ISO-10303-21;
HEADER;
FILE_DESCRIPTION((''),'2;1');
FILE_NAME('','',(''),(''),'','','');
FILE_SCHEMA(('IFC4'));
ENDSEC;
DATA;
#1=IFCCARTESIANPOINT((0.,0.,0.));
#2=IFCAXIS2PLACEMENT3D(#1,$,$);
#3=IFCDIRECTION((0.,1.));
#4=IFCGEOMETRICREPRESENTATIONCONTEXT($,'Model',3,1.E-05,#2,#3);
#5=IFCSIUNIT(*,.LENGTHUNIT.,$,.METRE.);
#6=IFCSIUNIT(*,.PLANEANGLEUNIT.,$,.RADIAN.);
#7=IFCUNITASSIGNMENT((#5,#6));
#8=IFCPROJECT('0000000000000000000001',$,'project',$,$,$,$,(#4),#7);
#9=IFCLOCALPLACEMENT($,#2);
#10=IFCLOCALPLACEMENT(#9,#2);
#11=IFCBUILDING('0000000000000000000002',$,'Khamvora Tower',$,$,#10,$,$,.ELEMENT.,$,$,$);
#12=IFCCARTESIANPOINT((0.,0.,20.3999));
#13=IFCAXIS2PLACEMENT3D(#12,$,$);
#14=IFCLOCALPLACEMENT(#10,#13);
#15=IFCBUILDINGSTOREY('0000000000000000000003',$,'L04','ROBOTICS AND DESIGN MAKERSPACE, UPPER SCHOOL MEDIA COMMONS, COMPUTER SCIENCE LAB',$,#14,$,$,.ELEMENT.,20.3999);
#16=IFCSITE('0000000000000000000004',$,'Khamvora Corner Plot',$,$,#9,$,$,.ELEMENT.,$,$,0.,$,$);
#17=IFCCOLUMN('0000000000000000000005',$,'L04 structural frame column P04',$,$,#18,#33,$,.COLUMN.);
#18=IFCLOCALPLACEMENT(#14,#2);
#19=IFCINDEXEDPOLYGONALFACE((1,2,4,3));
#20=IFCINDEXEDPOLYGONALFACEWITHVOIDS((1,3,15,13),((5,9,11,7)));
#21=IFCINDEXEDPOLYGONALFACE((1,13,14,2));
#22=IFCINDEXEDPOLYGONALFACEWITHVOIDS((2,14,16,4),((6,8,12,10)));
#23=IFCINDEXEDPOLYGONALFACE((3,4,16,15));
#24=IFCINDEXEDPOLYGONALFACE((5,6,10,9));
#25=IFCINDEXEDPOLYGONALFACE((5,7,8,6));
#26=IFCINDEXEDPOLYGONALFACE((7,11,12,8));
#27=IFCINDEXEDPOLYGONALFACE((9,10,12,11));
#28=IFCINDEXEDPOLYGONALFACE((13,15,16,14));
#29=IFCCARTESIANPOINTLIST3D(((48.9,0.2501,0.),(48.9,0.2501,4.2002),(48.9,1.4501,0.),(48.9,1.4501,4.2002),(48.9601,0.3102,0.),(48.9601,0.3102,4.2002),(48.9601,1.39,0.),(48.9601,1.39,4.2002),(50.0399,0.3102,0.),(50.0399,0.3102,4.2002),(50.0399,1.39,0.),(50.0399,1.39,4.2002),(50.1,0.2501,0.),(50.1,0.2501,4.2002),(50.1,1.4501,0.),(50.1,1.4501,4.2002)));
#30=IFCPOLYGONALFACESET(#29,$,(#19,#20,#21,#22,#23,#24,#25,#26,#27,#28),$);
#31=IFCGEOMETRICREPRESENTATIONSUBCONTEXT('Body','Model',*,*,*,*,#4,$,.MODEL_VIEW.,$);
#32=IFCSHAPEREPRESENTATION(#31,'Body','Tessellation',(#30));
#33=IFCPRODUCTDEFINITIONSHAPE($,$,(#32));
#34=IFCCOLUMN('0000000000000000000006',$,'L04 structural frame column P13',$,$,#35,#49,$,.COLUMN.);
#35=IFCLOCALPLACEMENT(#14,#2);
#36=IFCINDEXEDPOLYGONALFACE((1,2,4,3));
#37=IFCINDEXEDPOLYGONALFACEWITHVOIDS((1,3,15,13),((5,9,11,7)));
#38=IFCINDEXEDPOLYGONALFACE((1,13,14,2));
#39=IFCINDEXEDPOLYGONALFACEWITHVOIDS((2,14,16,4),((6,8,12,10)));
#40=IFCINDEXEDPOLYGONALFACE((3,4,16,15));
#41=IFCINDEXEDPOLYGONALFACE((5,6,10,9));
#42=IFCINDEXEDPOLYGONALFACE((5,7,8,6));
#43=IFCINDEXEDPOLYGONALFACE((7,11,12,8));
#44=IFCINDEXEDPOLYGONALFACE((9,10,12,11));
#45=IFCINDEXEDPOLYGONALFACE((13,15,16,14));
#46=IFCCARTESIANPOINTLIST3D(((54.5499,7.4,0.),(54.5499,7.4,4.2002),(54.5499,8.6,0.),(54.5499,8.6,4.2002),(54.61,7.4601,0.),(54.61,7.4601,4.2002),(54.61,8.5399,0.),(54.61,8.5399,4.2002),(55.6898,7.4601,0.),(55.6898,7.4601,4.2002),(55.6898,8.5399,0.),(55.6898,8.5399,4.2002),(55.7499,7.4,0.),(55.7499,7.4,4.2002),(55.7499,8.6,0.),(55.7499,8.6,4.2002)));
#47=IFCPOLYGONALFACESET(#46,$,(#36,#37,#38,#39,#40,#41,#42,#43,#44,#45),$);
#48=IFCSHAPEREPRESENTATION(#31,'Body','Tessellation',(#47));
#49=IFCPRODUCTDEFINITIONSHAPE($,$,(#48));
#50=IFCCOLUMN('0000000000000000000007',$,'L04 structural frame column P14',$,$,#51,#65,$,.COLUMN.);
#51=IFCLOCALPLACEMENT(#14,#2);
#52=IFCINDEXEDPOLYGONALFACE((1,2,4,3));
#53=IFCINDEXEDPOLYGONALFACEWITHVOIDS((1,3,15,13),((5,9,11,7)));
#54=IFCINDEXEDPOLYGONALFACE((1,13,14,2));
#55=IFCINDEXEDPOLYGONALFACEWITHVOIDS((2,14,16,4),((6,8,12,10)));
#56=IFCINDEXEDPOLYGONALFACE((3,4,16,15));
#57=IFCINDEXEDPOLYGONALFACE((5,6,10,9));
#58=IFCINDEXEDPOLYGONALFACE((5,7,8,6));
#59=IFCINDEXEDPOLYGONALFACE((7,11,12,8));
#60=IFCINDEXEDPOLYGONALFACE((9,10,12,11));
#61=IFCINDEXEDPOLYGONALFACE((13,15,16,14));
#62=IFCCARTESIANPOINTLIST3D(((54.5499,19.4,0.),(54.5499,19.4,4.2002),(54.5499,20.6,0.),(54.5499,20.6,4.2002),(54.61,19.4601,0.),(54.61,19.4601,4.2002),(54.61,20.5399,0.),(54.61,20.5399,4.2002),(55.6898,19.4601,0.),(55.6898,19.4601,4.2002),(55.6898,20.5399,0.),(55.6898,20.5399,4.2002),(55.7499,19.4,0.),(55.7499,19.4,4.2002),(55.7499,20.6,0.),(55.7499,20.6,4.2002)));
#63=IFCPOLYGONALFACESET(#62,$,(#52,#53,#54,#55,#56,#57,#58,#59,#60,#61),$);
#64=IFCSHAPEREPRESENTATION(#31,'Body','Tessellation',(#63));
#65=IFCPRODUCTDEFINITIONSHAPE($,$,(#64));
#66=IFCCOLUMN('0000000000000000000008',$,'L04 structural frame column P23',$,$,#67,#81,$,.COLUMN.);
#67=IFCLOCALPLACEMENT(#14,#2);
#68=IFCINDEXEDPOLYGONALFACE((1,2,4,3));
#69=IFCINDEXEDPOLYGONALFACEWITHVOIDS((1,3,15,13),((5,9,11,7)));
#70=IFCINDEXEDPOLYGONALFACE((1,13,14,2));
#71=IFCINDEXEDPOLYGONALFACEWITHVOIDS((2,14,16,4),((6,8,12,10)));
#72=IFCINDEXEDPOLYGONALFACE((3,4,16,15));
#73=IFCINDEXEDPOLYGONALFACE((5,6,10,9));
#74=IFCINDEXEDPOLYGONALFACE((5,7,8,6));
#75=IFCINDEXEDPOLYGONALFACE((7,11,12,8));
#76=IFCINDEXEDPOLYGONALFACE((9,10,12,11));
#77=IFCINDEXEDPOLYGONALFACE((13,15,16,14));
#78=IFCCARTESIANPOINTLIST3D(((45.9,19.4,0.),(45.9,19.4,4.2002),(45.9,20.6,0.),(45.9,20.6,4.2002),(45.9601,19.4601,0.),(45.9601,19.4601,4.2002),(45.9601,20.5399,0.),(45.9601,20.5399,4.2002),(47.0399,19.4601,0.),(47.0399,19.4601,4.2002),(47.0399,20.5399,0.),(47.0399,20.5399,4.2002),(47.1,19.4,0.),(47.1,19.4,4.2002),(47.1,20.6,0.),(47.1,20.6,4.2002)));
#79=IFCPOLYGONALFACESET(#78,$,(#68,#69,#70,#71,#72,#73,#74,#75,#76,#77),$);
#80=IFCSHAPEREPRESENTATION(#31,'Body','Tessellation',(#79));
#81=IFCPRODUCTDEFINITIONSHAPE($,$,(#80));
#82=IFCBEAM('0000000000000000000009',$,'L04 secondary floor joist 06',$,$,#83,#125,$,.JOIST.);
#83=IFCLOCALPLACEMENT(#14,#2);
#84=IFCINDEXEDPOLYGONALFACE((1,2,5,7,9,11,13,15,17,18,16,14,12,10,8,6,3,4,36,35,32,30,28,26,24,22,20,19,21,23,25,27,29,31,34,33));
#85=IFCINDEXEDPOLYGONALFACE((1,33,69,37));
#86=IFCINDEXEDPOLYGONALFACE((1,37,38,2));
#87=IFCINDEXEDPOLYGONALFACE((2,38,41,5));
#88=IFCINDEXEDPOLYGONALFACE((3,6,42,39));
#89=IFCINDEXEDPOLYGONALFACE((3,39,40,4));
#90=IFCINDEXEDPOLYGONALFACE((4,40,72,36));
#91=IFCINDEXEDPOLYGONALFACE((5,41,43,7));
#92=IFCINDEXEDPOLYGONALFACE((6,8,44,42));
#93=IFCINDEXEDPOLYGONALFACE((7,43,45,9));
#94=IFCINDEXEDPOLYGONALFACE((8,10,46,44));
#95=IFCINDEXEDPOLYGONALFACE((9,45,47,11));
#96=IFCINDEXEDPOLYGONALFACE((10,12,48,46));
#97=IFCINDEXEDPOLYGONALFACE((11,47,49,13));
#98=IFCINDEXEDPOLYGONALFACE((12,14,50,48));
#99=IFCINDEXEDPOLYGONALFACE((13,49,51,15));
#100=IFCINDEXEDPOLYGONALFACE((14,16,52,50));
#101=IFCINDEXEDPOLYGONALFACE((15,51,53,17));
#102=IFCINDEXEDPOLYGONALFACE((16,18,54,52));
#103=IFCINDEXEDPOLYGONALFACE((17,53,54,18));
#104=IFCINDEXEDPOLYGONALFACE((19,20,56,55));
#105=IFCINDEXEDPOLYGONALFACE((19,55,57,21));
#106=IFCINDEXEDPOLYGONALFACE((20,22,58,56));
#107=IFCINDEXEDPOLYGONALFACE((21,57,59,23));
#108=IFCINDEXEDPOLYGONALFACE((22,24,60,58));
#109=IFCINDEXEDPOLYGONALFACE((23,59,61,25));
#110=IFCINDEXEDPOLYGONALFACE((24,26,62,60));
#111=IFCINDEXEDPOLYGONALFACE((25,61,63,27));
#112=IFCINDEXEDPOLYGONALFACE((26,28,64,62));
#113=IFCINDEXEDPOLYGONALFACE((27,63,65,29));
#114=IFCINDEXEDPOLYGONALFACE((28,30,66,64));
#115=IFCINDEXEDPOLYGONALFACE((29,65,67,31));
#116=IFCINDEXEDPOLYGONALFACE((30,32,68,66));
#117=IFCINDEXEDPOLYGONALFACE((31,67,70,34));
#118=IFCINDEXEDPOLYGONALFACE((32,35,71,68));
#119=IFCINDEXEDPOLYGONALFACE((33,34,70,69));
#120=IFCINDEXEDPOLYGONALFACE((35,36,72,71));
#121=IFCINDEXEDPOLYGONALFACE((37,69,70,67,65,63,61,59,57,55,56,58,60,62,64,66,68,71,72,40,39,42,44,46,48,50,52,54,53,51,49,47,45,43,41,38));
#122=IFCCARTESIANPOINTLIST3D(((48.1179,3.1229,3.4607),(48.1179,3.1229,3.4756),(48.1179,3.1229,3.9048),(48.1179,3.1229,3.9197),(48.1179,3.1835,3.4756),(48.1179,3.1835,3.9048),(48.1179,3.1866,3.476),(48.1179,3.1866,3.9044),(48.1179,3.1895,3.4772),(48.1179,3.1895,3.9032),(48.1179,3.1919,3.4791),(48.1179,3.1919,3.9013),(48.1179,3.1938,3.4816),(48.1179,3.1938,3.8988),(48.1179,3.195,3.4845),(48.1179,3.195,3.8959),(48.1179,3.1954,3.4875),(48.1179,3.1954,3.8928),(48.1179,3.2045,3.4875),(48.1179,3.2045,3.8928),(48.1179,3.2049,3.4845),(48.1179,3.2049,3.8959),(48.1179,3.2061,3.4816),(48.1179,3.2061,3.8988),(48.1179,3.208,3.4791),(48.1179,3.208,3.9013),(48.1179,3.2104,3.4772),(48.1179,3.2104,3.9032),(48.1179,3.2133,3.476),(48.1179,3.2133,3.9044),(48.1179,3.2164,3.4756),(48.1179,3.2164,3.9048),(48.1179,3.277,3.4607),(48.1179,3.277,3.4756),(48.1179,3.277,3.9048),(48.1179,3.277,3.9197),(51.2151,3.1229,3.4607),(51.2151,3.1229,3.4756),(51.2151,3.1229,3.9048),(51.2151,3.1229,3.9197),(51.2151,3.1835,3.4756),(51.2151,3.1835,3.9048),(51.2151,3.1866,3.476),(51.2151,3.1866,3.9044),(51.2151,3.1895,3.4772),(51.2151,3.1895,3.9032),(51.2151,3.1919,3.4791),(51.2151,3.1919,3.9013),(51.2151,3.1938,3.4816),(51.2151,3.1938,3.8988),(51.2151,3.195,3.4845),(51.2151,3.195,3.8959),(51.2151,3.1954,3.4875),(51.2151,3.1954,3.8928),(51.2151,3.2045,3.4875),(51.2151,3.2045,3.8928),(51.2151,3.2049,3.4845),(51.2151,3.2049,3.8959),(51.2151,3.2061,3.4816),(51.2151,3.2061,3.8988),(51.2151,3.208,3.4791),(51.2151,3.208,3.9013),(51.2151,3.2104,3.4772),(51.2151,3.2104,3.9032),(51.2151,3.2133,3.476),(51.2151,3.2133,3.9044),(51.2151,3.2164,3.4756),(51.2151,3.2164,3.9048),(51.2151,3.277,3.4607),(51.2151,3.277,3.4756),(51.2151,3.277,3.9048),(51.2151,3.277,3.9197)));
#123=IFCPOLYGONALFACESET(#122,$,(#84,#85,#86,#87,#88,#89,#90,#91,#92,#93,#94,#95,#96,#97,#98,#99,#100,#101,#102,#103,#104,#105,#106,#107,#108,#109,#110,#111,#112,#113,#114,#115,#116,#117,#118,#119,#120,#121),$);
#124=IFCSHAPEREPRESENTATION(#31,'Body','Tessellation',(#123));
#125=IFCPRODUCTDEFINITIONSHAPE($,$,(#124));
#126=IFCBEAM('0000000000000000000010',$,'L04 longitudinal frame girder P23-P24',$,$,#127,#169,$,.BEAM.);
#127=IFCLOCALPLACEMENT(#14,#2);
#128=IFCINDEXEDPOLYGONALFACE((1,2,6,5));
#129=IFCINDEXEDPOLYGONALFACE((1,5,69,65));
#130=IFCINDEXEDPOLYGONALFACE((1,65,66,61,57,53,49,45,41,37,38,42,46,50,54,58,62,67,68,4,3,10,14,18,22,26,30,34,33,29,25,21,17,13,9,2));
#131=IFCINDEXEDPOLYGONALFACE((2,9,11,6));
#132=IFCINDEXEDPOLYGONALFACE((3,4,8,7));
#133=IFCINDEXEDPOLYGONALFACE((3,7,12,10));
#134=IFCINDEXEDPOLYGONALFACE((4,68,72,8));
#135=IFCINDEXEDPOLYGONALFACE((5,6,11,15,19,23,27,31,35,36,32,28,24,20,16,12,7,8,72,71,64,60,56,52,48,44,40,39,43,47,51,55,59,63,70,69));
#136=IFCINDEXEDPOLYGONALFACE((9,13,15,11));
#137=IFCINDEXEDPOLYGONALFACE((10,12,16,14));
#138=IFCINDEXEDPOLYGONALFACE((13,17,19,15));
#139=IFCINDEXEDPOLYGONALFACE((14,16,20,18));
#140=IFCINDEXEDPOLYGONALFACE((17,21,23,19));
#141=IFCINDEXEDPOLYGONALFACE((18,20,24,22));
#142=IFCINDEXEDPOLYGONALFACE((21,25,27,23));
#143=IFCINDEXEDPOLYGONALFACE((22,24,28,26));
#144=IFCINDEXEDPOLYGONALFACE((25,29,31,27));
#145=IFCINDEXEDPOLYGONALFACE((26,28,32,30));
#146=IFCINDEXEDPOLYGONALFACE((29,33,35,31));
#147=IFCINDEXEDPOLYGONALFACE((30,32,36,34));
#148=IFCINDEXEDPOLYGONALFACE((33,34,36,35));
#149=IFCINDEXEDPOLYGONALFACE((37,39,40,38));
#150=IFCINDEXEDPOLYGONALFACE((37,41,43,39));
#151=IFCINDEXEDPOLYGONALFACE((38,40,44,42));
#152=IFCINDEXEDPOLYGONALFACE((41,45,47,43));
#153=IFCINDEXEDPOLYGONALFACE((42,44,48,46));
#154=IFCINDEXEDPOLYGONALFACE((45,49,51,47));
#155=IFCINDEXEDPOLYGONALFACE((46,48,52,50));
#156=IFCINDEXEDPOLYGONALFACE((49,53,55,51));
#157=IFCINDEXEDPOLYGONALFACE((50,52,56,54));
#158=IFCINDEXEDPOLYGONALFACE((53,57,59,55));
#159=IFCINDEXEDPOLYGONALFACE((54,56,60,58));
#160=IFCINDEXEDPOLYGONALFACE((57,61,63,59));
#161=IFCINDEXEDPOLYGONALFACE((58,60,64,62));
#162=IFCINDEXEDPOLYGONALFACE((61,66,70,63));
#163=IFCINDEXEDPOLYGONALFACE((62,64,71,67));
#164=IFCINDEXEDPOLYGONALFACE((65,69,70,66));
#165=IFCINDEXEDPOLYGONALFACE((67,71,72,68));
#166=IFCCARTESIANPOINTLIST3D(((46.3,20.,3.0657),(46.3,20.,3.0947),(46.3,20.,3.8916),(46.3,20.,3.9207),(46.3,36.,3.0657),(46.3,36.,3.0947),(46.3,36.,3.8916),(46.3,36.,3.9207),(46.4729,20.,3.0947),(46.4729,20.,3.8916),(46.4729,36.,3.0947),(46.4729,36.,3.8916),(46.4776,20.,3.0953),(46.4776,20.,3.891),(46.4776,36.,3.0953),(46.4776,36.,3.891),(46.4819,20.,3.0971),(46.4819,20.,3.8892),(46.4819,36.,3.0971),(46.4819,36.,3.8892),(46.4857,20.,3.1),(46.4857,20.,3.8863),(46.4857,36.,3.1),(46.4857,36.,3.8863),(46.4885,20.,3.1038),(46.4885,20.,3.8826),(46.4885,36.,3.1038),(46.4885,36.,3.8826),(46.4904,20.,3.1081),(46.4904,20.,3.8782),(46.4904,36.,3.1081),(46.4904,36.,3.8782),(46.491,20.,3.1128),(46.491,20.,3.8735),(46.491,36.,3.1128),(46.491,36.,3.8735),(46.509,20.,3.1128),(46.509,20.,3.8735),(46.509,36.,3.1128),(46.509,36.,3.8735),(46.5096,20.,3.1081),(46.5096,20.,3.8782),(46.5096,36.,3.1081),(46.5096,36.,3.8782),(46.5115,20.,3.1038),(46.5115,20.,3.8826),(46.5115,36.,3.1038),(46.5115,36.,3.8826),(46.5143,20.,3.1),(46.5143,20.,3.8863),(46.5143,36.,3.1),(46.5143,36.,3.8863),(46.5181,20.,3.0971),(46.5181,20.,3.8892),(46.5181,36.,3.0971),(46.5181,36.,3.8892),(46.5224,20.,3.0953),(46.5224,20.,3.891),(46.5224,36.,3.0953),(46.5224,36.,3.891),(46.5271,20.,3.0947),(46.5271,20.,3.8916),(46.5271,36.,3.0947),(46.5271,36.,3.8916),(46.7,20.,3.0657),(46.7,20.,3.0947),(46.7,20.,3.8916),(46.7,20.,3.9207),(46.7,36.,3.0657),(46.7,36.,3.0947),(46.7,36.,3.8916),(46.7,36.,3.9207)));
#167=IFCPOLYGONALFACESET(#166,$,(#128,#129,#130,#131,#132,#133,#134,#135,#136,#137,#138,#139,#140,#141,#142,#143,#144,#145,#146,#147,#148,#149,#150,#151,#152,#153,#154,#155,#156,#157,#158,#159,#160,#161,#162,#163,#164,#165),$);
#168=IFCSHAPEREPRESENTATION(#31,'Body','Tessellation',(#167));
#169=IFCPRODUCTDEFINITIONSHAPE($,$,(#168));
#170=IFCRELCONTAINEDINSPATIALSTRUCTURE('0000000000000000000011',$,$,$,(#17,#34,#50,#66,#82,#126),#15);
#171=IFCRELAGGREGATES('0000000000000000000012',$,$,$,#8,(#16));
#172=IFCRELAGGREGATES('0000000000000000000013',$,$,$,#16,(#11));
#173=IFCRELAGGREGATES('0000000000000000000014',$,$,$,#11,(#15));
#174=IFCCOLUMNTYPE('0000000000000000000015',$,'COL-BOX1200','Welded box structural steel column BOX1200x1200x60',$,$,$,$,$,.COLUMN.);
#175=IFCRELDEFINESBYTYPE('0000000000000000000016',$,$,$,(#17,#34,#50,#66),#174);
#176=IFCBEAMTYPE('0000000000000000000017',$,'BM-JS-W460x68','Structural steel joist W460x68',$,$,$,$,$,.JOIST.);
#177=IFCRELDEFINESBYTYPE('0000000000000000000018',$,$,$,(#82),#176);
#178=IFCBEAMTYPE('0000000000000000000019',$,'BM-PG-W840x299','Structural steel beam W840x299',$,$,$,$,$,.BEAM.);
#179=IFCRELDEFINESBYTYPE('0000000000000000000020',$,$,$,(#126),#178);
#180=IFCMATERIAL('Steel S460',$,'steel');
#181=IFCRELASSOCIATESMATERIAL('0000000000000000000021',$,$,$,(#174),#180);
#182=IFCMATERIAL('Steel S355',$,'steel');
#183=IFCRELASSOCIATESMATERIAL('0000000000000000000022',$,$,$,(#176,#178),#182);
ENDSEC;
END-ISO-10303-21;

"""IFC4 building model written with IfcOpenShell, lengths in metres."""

from ifc_helpers import new_model, si_unit, direction, frame, origin, origin_2d, place, context, subcontext, project, spatial, hollow_rectangle, i_section, extrude, material, material_profile, profile_set, type_object, element, save


model = new_model("IFC4")

# Units and contexts
model_context = context("Model", 3, precision=1e-05, world=origin(), true_north=direction((0.0, 1.0)))
body_context = subcontext(model_context, "Body", "Model", "MODEL_VIEW")
ifc_project = project(units=[si_unit("LENGTHUNIT", "METRE"), si_unit("PLANEANGLEUNIT", "RADIAN")], contexts=[model_context])

# Site, building, storey
site_placement = place(None, origin())
site = spatial("IfcSite", under=ifc_project, at=site_placement, Name="Khamvora Corner Plot", CompositionType="ELEMENT", RefElevation=0.0)
building_placement = place(site_placement, origin())
building = spatial("IfcBuilding", under=site, at=building_placement, Name="Khamvora Tower", CompositionType="ELEMENT")
storey_placement = place(building_placement, frame((0.0, 0.0, 20.3999)))
storey = spatial("IfcBuildingStorey", under=building, at=storey_placement, Name="L04", Description="ROBOTICS AND DESIGN MAKERSPACE, UPPER SCHOOL MEDIA COMMONS, COMPUTER SCIENCE LAB", CompositionType="ELEMENT", Elevation=20.3999)

# Columns
ifc_material_1 = material(Name="Steel S460", Category="steel")
ifc_material_profile_1 = material_profile(ifc_material_1, hollow_rectangle(XDim=1.2, YDim=1.2, WallThickness=0.0601, at=origin_2d()), Name="BOX1200x1200x60")
ifc_profile_set_1 = profile_set([ifc_material_profile_1], Name="Steel S460")
column_type = type_object("IfcColumnType", Name="COL-BOX1200", Description="Welded box structural steel column BOX1200x1200x60", PredefinedType="COLUMN", material=ifc_profile_set_1)
for number, where, z_axis, x_axis, name in (
    (1, (49.5, 0.8501, 0.0), (0.0, 0.0, 1.0), (1.0, 0.0, 0.0), "L04 structural frame column P04"),
    (2, (55.1499, 8.0, 0.0), (0.0, 0.0, 1.0), (1.0, 0.0, 0.0), "L04 structural frame column P13"),
    (3, (55.1499, 20.0, 0.0), (0.0, 0.0, 1.0), (1.0, 0.0, 0.0), "L04 structural frame column P14"),
    (4, (46.5, 20.0, 0.0), (0.0, 0.0, 1.0), (1.0, 0.0, 0.0), "L04 structural frame column P23"),
):
    element("IfcColumn", number, at=place(storey_placement, frame(where, z_axis=z_axis, x_axis=x_axis)), inside=storey, type_object=column_type, Name=name, PredefinedType="COLUMN", context=body_context, shape_type="SweptSolid", body=[
        extrude(hollow_rectangle(XDim=1.2, YDim=1.2, WallThickness=0.0601, at=origin_2d()), origin(), (0.0, 0.0, 1.0), 4.2002),
    ])

# Beams
ifc_material_2 = material(Name="Steel S355", Category="steel")
ifc_material_profile_2 = material_profile(ifc_material_2, i_section(OverallWidth=0.1541, OverallDepth=0.459, WebThickness=0.009, FlangeThickness=0.0149, FilletRadius=0.012, at=origin_2d()), Name="W460x68")
ifc_profile_set_2 = profile_set([ifc_material_profile_2], Name="Steel S355")
beam_type_1 = type_object("IfcBeamType", Name="BM-JS-W460x68", Description="Structural steel joist W460x68", PredefinedType="JOIST", material=ifc_profile_set_2)
beam_1_placement = place(storey_placement, frame((48.1179, 3.2, 3.6902), z_axis=(1.0, 0.0, 0.0), x_axis=(0.0, 1.0, 0.0)))
element("IfcBeam", 5, at=beam_1_placement, inside=storey, type_object=beam_type_1, Name="L04 secondary floor joist 06", PredefinedType="JOIST", context=body_context, shape_type="SweptSolid", body=[
    extrude(i_section(OverallWidth=0.1541, OverallDepth=0.459, WebThickness=0.009, FlangeThickness=0.0149, FilletRadius=0.012, at=origin_2d()), origin(), (0.0, 0.0, 1.0), 3.0972),
])
ifc_material_profile_3 = material_profile(ifc_material_2, i_section(OverallWidth=0.3999, OverallDepth=0.855, WebThickness=0.0181, FlangeThickness=0.0291, FilletRadius=0.0181, at=origin_2d()), Name="W840x299")
ifc_profile_set_3 = profile_set([ifc_material_profile_3], Name="Steel S355")
beam_type_2 = type_object("IfcBeamType", Name="BM-PG-W840x299", Description="Structural steel beam W840x299", PredefinedType="BEAM", material=ifc_profile_set_3)
beam_2_placement = place(storey_placement, frame((46.5, 20.0, 3.4932), z_axis=(0.0, 1.0, 0.0), x_axis=(-1.0, 0.0, 0.0)))
element("IfcBeam", 6, at=beam_2_placement, inside=storey, type_object=beam_type_2, Name="L04 longitudinal frame girder P23-P24", PredefinedType="BEAM", context=body_context, shape_type="SweptSolid", body=[
    extrude(i_section(OverallWidth=0.3999, OverallDepth=0.855, WebThickness=0.0181, FlangeThickness=0.0291, FilletRadius=0.0181, at=origin_2d()), origin(), (0.0, 0.0, 1.0), 16.0),
])

save(model, "model.ifc")
